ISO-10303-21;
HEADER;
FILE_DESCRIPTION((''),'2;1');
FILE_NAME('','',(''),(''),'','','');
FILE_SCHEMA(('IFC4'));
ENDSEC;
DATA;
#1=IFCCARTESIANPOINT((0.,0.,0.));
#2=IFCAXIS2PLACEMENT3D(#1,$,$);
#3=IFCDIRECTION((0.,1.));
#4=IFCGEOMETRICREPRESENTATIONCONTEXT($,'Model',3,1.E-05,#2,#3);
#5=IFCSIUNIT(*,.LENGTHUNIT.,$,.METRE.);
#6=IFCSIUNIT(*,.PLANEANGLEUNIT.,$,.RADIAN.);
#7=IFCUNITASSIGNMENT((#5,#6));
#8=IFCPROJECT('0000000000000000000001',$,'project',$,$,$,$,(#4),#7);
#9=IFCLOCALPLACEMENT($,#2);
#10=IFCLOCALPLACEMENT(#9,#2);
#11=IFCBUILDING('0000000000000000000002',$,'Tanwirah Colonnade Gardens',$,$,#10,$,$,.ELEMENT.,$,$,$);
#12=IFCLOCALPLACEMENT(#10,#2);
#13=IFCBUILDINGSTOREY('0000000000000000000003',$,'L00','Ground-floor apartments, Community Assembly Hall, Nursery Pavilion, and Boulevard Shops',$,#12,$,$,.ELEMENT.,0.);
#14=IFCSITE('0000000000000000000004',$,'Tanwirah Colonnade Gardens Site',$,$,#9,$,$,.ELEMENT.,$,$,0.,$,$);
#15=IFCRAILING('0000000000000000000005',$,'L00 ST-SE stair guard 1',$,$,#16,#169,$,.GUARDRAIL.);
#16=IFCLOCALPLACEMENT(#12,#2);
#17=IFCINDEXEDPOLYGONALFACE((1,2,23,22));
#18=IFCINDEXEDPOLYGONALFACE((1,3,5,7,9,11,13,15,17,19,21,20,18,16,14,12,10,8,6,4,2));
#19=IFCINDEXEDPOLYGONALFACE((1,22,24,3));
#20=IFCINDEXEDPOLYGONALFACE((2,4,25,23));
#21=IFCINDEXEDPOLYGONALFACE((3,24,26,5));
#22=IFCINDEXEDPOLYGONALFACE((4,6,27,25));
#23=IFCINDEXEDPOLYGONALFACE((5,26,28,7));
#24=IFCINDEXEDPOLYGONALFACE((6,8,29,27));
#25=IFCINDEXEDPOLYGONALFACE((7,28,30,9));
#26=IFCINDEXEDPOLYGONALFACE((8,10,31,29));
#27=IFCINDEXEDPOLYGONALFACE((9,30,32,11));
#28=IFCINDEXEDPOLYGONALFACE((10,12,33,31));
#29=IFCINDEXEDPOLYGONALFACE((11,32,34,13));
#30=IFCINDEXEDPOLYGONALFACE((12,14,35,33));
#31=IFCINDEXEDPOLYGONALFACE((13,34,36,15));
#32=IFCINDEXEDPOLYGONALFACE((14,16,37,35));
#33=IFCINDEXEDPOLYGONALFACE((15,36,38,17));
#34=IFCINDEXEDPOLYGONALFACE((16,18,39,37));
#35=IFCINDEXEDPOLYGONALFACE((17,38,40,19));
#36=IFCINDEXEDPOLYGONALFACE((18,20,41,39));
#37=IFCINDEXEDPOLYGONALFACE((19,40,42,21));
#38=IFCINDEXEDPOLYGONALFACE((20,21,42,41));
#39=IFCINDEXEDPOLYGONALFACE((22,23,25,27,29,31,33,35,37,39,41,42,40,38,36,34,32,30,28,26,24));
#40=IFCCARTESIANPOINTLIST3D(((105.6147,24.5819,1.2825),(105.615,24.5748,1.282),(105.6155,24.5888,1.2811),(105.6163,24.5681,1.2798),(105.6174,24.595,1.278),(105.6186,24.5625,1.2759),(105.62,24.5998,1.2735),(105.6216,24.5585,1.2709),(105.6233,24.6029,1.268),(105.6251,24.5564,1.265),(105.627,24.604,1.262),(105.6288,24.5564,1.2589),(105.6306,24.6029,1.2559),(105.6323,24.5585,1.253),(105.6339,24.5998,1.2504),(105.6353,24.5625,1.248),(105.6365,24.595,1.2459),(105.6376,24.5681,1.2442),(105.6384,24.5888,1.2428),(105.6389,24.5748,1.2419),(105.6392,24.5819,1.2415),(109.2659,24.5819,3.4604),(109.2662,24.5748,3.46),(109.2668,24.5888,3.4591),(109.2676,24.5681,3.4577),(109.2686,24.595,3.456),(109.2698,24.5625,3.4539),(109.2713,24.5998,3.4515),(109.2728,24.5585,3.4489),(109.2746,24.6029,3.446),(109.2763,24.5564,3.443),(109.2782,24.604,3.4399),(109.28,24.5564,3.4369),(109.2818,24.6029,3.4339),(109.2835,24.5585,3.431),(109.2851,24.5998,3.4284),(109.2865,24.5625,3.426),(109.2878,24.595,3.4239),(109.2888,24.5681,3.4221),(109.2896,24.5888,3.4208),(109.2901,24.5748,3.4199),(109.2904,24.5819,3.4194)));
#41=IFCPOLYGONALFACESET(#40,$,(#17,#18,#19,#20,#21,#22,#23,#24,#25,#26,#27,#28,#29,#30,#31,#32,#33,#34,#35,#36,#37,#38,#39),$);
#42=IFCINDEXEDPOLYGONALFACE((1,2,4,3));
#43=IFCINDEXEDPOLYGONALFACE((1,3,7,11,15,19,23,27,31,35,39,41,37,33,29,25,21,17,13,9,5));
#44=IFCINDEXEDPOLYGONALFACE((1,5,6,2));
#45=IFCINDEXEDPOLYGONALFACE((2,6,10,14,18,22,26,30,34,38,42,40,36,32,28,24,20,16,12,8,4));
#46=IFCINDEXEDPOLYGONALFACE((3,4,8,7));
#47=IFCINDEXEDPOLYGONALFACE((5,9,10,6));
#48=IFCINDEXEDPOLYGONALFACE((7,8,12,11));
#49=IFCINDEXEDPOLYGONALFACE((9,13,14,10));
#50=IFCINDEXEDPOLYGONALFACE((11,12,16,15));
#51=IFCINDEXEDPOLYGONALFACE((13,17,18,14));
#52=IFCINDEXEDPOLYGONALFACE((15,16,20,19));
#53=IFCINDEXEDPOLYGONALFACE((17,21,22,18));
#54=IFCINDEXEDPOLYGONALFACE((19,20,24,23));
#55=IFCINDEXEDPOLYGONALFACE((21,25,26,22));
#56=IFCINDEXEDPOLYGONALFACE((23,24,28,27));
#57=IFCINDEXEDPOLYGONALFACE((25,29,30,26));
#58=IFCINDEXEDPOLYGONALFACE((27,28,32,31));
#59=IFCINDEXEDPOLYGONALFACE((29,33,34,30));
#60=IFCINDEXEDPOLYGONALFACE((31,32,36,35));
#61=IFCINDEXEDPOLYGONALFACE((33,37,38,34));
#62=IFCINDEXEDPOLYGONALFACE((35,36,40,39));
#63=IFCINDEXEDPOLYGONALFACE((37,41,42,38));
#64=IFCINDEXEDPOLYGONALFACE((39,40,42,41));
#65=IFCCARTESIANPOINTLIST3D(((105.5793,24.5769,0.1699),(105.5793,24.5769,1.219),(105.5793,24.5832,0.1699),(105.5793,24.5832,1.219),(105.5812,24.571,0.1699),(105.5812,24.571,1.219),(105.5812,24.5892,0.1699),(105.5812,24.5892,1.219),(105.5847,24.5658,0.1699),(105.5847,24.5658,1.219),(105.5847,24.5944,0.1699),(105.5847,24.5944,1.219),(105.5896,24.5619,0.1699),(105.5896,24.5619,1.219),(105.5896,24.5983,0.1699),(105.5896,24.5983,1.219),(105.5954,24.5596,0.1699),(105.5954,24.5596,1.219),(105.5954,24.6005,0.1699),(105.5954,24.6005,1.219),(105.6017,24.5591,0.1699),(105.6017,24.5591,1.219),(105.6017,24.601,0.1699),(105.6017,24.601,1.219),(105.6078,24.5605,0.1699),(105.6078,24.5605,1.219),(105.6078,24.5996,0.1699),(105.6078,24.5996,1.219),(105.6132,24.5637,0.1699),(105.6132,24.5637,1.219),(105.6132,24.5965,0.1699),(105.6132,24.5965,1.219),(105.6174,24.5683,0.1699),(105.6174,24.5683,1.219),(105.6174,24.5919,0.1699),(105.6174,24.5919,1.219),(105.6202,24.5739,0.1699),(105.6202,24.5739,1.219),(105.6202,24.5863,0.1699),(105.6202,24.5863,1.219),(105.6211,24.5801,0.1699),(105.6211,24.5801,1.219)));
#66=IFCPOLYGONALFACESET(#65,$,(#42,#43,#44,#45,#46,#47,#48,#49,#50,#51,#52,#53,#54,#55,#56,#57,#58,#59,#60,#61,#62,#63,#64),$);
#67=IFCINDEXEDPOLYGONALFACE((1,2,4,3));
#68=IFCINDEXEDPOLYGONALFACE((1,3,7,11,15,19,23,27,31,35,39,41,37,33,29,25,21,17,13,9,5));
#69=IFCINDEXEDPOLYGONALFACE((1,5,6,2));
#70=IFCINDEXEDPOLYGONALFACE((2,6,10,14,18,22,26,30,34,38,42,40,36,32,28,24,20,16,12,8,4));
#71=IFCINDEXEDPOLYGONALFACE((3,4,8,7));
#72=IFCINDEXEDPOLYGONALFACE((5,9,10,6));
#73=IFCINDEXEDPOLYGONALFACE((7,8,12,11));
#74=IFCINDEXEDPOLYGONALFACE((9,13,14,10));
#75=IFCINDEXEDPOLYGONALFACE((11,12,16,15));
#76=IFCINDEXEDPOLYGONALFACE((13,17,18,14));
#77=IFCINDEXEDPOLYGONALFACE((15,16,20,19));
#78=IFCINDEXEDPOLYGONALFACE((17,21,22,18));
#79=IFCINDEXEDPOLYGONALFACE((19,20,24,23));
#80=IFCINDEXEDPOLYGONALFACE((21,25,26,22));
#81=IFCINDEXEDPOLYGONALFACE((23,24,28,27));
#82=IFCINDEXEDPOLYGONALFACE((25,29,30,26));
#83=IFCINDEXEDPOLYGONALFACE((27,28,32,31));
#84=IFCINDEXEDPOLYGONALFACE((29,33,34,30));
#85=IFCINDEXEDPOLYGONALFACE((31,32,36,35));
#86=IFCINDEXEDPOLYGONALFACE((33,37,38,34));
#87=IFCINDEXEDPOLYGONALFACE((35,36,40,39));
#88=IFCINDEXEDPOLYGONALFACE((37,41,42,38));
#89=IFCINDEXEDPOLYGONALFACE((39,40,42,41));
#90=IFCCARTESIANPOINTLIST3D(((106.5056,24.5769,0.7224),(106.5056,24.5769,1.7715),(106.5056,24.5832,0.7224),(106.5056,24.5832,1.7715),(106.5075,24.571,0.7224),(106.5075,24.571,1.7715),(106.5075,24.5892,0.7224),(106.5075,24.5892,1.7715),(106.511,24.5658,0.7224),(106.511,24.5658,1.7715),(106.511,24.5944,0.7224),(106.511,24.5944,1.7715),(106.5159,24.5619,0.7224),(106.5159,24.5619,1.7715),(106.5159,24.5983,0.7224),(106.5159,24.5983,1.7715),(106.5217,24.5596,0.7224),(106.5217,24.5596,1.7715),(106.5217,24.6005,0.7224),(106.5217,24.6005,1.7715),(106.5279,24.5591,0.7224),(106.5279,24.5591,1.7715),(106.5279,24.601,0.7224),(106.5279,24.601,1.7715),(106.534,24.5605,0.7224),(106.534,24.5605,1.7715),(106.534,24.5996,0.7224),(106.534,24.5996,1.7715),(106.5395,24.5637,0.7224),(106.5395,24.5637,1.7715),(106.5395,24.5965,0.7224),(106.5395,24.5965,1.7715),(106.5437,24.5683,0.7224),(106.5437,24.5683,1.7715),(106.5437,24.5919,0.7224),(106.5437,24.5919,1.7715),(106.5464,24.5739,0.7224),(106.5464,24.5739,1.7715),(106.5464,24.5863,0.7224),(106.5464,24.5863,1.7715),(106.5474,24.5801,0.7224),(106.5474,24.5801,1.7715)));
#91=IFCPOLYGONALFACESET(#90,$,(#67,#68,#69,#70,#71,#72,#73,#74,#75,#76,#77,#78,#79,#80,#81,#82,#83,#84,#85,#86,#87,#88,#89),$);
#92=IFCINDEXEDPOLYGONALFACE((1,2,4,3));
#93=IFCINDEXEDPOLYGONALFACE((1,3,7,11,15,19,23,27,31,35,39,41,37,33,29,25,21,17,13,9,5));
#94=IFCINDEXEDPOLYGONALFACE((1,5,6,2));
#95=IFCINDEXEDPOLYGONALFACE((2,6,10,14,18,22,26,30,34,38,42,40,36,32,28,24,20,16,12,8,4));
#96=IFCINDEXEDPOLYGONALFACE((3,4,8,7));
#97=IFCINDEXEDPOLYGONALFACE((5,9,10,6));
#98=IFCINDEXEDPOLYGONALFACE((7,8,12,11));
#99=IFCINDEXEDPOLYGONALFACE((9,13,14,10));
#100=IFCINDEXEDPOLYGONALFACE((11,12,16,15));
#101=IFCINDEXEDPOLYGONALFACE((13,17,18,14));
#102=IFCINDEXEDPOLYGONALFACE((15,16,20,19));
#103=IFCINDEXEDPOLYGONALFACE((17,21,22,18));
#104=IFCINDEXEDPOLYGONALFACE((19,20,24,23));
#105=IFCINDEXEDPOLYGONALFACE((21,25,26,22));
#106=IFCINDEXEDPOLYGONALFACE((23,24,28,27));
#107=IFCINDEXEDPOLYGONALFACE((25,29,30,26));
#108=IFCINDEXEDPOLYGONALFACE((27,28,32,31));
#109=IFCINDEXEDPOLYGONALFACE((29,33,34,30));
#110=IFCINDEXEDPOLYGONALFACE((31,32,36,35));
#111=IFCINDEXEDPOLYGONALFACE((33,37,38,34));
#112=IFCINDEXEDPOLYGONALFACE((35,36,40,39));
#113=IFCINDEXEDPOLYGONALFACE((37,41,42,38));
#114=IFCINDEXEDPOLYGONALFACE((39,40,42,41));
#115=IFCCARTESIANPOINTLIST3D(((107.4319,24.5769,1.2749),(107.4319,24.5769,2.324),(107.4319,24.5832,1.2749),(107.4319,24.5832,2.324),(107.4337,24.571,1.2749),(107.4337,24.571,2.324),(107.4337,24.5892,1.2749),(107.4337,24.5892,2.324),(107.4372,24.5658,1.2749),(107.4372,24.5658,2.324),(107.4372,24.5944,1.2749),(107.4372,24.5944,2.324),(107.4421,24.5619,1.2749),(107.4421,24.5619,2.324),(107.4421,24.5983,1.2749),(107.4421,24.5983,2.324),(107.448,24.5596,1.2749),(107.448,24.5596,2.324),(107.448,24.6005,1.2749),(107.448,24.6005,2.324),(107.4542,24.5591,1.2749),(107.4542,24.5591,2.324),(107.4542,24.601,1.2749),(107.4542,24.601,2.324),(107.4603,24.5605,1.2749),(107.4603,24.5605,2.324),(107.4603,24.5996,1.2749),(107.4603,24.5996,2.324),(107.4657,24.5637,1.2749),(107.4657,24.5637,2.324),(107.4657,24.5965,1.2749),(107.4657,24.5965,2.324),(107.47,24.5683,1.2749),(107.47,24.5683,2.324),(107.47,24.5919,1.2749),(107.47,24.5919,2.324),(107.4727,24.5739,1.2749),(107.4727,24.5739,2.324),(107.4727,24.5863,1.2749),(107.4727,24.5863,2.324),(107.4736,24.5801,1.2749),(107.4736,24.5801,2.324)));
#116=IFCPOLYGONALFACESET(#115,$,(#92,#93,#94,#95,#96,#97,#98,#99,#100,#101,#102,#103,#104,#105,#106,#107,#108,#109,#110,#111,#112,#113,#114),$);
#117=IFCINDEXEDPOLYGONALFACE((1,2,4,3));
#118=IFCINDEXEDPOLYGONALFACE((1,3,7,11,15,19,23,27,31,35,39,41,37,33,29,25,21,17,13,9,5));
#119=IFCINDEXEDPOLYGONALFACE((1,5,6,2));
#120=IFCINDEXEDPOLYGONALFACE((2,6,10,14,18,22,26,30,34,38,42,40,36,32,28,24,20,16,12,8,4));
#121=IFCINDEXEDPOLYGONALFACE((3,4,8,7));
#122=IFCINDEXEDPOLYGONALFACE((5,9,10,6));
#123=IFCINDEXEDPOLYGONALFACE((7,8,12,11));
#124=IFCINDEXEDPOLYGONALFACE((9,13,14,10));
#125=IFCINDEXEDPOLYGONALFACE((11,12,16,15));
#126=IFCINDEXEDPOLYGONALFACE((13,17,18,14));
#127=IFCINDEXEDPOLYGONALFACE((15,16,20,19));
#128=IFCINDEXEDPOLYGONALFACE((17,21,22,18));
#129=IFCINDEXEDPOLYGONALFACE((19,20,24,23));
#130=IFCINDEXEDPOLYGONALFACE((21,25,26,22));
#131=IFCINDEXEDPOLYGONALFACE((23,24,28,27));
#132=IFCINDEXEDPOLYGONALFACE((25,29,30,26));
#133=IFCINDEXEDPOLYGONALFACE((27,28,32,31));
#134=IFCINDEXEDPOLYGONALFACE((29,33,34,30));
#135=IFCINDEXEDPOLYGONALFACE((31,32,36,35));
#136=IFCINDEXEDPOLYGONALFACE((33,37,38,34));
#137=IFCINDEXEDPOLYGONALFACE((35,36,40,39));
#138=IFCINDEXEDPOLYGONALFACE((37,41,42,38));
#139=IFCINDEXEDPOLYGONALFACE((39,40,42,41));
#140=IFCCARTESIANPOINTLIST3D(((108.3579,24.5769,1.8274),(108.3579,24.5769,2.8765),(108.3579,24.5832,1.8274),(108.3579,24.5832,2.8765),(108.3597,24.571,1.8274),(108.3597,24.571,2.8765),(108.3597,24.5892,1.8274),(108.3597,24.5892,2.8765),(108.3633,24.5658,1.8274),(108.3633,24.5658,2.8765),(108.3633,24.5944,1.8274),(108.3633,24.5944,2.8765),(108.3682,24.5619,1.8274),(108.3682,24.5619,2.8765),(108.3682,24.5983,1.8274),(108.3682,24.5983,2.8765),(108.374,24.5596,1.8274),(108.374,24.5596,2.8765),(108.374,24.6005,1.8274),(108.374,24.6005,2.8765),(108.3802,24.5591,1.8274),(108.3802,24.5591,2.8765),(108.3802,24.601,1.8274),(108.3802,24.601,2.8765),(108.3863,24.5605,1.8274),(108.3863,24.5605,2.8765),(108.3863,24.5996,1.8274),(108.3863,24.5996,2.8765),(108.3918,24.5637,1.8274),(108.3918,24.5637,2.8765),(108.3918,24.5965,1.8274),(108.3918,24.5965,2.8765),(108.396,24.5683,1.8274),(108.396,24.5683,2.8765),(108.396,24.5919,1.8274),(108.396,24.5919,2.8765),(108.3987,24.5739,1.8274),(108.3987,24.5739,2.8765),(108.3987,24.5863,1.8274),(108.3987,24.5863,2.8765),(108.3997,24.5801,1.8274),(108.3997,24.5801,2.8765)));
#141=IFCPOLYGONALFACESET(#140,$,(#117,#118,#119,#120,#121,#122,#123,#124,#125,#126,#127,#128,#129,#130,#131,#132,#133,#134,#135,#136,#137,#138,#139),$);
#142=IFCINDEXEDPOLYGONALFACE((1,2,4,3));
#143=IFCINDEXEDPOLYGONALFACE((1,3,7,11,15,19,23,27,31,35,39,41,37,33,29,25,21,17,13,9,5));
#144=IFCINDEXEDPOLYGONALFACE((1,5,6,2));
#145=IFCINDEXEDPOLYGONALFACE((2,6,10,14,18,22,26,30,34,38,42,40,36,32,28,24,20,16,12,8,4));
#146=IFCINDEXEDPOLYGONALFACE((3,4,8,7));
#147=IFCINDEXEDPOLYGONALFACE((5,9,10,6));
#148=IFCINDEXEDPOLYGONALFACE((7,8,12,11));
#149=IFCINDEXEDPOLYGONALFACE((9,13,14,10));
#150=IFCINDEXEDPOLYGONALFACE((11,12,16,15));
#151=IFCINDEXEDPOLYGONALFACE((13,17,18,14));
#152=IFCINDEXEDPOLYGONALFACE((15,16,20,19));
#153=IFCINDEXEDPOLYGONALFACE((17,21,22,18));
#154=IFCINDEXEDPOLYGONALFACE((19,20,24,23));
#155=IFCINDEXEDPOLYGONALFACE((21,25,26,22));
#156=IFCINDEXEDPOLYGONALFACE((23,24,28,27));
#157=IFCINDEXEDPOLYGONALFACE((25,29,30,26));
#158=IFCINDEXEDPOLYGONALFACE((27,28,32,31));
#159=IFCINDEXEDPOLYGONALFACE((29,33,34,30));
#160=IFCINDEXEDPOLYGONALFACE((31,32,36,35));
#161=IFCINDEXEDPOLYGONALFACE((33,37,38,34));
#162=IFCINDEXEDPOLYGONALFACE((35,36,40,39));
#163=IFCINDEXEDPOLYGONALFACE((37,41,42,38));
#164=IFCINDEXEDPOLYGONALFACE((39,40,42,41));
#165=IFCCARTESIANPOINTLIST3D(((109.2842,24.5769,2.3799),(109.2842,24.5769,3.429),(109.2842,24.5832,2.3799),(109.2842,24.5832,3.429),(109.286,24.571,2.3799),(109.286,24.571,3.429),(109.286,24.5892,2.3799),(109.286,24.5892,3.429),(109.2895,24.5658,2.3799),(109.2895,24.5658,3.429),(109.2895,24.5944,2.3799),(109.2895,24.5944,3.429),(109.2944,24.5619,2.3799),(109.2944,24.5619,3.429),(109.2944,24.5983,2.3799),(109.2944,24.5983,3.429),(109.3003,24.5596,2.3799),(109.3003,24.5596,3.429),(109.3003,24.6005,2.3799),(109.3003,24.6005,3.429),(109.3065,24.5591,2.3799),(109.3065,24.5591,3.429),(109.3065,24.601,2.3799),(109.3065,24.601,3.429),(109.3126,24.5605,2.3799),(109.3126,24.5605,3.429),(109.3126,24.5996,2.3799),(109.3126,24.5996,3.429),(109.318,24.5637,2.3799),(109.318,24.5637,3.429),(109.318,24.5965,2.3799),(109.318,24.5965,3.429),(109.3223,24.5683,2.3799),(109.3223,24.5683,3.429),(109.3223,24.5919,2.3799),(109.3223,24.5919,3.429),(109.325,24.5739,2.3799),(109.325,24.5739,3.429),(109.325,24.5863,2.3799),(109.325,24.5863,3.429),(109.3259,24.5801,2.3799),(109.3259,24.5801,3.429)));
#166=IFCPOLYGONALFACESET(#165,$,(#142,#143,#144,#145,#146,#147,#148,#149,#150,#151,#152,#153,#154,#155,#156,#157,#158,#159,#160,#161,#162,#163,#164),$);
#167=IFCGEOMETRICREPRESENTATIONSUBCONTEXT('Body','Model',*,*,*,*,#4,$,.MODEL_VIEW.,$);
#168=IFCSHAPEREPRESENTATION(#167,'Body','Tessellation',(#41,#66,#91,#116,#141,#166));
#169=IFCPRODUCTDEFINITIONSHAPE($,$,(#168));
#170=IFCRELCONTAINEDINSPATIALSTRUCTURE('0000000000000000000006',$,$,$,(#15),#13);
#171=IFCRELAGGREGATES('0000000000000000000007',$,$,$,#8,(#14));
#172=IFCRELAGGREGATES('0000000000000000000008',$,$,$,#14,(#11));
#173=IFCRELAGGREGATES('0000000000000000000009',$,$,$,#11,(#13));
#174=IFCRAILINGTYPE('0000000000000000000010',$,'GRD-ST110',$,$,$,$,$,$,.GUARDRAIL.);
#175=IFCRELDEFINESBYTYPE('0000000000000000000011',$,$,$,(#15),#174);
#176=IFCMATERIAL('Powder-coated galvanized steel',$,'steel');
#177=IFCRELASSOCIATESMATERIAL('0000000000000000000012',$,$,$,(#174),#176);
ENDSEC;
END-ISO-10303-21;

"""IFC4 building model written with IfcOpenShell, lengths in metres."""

from ifc_helpers import new_model, si_unit, direction, frame, origin, origin_2d, place, context, subcontext, project, spatial, circle, extrude, material, type_object, element, save


model = new_model("IFC4")

# Units and contexts
model_context = context("Model", 3, precision=1e-05, world=origin(), true_north=direction((0.0, 1.0)))
body_context = subcontext(model_context, "Body", "Model", "MODEL_VIEW")
ifc_project = project(units=[si_unit("LENGTHUNIT", "METRE"), si_unit("PLANEANGLEUNIT", "RADIAN")], contexts=[model_context])

# Site, building, storey
site_placement = place(None, origin())
site = spatial("IfcSite", under=ifc_project, at=site_placement, Name="Tanwirah Colonnade Gardens Site", CompositionType="ELEMENT", RefElevation=0.0)
building_placement = place(site_placement, origin())
building = spatial("IfcBuilding", under=site, at=building_placement, Name="Tanwirah Colonnade Gardens", CompositionType="ELEMENT")
storey_placement = place(building_placement, origin())
storey = spatial("IfcBuildingStorey", under=building, at=storey_placement, Name="L00", Description="Ground-floor apartments, Community Assembly Hall, Nursery Pavilion, and Boulevard Shops", CompositionType="ELEMENT", Elevation=0.0)

# Railing
ifc_material_1 = material(Name="Powder-coated galvanized steel", Category="steel")
railing_type_1 = type_object("IfcRailingType", Name="GRD-ST110", PredefinedType="GUARDRAIL", material=ifc_material_1)
railing_1_placement = place(storey_placement, frame((105.6001, 24.5801, 0.1699)))
element("IfcRailing", 1, at=railing_1_placement, inside=storey, type_object=railing_type_1, Name="L00 ST-SE stair guard 1", PredefinedType="GUARDRAIL", context=body_context, shape_type="SweptSolid", body=[
    extrude(circle(Radius=0.0239, at=origin_2d()), frame((0.0269, 0.0, 1.092), z_axis=(0.858813, 0.0, 0.512289), x_axis=(0.0, 1.0, 0.0)), (0.0, 0.0, 1.0), 4.2515),
    extrude(circle(Radius=0.021, at=origin_2d()), origin(), (0.0, 0.0, 1.0), 1.0491),
    extrude(circle(Radius=0.021, at=origin_2d()), frame((0.9263, 0.0, 0.5525)), (0.0, 0.0, 1.0), 1.0491),
    extrude(circle(Radius=0.021, at=origin_2d()), frame((1.8525, 0.0, 1.105)), (0.0, 0.0, 1.0), 1.0491),
    extrude(circle(Radius=0.021, at=origin_2d()), frame((2.7786, 0.0, 1.6575)), (0.0, 0.0, 1.0), 1.0491),
    extrude(circle(Radius=0.021, at=origin_2d()), frame((3.7048, 0.0, 2.21)), (0.0, 0.0, 1.0), 1.0491),
])

save(model, "model.ifc")
